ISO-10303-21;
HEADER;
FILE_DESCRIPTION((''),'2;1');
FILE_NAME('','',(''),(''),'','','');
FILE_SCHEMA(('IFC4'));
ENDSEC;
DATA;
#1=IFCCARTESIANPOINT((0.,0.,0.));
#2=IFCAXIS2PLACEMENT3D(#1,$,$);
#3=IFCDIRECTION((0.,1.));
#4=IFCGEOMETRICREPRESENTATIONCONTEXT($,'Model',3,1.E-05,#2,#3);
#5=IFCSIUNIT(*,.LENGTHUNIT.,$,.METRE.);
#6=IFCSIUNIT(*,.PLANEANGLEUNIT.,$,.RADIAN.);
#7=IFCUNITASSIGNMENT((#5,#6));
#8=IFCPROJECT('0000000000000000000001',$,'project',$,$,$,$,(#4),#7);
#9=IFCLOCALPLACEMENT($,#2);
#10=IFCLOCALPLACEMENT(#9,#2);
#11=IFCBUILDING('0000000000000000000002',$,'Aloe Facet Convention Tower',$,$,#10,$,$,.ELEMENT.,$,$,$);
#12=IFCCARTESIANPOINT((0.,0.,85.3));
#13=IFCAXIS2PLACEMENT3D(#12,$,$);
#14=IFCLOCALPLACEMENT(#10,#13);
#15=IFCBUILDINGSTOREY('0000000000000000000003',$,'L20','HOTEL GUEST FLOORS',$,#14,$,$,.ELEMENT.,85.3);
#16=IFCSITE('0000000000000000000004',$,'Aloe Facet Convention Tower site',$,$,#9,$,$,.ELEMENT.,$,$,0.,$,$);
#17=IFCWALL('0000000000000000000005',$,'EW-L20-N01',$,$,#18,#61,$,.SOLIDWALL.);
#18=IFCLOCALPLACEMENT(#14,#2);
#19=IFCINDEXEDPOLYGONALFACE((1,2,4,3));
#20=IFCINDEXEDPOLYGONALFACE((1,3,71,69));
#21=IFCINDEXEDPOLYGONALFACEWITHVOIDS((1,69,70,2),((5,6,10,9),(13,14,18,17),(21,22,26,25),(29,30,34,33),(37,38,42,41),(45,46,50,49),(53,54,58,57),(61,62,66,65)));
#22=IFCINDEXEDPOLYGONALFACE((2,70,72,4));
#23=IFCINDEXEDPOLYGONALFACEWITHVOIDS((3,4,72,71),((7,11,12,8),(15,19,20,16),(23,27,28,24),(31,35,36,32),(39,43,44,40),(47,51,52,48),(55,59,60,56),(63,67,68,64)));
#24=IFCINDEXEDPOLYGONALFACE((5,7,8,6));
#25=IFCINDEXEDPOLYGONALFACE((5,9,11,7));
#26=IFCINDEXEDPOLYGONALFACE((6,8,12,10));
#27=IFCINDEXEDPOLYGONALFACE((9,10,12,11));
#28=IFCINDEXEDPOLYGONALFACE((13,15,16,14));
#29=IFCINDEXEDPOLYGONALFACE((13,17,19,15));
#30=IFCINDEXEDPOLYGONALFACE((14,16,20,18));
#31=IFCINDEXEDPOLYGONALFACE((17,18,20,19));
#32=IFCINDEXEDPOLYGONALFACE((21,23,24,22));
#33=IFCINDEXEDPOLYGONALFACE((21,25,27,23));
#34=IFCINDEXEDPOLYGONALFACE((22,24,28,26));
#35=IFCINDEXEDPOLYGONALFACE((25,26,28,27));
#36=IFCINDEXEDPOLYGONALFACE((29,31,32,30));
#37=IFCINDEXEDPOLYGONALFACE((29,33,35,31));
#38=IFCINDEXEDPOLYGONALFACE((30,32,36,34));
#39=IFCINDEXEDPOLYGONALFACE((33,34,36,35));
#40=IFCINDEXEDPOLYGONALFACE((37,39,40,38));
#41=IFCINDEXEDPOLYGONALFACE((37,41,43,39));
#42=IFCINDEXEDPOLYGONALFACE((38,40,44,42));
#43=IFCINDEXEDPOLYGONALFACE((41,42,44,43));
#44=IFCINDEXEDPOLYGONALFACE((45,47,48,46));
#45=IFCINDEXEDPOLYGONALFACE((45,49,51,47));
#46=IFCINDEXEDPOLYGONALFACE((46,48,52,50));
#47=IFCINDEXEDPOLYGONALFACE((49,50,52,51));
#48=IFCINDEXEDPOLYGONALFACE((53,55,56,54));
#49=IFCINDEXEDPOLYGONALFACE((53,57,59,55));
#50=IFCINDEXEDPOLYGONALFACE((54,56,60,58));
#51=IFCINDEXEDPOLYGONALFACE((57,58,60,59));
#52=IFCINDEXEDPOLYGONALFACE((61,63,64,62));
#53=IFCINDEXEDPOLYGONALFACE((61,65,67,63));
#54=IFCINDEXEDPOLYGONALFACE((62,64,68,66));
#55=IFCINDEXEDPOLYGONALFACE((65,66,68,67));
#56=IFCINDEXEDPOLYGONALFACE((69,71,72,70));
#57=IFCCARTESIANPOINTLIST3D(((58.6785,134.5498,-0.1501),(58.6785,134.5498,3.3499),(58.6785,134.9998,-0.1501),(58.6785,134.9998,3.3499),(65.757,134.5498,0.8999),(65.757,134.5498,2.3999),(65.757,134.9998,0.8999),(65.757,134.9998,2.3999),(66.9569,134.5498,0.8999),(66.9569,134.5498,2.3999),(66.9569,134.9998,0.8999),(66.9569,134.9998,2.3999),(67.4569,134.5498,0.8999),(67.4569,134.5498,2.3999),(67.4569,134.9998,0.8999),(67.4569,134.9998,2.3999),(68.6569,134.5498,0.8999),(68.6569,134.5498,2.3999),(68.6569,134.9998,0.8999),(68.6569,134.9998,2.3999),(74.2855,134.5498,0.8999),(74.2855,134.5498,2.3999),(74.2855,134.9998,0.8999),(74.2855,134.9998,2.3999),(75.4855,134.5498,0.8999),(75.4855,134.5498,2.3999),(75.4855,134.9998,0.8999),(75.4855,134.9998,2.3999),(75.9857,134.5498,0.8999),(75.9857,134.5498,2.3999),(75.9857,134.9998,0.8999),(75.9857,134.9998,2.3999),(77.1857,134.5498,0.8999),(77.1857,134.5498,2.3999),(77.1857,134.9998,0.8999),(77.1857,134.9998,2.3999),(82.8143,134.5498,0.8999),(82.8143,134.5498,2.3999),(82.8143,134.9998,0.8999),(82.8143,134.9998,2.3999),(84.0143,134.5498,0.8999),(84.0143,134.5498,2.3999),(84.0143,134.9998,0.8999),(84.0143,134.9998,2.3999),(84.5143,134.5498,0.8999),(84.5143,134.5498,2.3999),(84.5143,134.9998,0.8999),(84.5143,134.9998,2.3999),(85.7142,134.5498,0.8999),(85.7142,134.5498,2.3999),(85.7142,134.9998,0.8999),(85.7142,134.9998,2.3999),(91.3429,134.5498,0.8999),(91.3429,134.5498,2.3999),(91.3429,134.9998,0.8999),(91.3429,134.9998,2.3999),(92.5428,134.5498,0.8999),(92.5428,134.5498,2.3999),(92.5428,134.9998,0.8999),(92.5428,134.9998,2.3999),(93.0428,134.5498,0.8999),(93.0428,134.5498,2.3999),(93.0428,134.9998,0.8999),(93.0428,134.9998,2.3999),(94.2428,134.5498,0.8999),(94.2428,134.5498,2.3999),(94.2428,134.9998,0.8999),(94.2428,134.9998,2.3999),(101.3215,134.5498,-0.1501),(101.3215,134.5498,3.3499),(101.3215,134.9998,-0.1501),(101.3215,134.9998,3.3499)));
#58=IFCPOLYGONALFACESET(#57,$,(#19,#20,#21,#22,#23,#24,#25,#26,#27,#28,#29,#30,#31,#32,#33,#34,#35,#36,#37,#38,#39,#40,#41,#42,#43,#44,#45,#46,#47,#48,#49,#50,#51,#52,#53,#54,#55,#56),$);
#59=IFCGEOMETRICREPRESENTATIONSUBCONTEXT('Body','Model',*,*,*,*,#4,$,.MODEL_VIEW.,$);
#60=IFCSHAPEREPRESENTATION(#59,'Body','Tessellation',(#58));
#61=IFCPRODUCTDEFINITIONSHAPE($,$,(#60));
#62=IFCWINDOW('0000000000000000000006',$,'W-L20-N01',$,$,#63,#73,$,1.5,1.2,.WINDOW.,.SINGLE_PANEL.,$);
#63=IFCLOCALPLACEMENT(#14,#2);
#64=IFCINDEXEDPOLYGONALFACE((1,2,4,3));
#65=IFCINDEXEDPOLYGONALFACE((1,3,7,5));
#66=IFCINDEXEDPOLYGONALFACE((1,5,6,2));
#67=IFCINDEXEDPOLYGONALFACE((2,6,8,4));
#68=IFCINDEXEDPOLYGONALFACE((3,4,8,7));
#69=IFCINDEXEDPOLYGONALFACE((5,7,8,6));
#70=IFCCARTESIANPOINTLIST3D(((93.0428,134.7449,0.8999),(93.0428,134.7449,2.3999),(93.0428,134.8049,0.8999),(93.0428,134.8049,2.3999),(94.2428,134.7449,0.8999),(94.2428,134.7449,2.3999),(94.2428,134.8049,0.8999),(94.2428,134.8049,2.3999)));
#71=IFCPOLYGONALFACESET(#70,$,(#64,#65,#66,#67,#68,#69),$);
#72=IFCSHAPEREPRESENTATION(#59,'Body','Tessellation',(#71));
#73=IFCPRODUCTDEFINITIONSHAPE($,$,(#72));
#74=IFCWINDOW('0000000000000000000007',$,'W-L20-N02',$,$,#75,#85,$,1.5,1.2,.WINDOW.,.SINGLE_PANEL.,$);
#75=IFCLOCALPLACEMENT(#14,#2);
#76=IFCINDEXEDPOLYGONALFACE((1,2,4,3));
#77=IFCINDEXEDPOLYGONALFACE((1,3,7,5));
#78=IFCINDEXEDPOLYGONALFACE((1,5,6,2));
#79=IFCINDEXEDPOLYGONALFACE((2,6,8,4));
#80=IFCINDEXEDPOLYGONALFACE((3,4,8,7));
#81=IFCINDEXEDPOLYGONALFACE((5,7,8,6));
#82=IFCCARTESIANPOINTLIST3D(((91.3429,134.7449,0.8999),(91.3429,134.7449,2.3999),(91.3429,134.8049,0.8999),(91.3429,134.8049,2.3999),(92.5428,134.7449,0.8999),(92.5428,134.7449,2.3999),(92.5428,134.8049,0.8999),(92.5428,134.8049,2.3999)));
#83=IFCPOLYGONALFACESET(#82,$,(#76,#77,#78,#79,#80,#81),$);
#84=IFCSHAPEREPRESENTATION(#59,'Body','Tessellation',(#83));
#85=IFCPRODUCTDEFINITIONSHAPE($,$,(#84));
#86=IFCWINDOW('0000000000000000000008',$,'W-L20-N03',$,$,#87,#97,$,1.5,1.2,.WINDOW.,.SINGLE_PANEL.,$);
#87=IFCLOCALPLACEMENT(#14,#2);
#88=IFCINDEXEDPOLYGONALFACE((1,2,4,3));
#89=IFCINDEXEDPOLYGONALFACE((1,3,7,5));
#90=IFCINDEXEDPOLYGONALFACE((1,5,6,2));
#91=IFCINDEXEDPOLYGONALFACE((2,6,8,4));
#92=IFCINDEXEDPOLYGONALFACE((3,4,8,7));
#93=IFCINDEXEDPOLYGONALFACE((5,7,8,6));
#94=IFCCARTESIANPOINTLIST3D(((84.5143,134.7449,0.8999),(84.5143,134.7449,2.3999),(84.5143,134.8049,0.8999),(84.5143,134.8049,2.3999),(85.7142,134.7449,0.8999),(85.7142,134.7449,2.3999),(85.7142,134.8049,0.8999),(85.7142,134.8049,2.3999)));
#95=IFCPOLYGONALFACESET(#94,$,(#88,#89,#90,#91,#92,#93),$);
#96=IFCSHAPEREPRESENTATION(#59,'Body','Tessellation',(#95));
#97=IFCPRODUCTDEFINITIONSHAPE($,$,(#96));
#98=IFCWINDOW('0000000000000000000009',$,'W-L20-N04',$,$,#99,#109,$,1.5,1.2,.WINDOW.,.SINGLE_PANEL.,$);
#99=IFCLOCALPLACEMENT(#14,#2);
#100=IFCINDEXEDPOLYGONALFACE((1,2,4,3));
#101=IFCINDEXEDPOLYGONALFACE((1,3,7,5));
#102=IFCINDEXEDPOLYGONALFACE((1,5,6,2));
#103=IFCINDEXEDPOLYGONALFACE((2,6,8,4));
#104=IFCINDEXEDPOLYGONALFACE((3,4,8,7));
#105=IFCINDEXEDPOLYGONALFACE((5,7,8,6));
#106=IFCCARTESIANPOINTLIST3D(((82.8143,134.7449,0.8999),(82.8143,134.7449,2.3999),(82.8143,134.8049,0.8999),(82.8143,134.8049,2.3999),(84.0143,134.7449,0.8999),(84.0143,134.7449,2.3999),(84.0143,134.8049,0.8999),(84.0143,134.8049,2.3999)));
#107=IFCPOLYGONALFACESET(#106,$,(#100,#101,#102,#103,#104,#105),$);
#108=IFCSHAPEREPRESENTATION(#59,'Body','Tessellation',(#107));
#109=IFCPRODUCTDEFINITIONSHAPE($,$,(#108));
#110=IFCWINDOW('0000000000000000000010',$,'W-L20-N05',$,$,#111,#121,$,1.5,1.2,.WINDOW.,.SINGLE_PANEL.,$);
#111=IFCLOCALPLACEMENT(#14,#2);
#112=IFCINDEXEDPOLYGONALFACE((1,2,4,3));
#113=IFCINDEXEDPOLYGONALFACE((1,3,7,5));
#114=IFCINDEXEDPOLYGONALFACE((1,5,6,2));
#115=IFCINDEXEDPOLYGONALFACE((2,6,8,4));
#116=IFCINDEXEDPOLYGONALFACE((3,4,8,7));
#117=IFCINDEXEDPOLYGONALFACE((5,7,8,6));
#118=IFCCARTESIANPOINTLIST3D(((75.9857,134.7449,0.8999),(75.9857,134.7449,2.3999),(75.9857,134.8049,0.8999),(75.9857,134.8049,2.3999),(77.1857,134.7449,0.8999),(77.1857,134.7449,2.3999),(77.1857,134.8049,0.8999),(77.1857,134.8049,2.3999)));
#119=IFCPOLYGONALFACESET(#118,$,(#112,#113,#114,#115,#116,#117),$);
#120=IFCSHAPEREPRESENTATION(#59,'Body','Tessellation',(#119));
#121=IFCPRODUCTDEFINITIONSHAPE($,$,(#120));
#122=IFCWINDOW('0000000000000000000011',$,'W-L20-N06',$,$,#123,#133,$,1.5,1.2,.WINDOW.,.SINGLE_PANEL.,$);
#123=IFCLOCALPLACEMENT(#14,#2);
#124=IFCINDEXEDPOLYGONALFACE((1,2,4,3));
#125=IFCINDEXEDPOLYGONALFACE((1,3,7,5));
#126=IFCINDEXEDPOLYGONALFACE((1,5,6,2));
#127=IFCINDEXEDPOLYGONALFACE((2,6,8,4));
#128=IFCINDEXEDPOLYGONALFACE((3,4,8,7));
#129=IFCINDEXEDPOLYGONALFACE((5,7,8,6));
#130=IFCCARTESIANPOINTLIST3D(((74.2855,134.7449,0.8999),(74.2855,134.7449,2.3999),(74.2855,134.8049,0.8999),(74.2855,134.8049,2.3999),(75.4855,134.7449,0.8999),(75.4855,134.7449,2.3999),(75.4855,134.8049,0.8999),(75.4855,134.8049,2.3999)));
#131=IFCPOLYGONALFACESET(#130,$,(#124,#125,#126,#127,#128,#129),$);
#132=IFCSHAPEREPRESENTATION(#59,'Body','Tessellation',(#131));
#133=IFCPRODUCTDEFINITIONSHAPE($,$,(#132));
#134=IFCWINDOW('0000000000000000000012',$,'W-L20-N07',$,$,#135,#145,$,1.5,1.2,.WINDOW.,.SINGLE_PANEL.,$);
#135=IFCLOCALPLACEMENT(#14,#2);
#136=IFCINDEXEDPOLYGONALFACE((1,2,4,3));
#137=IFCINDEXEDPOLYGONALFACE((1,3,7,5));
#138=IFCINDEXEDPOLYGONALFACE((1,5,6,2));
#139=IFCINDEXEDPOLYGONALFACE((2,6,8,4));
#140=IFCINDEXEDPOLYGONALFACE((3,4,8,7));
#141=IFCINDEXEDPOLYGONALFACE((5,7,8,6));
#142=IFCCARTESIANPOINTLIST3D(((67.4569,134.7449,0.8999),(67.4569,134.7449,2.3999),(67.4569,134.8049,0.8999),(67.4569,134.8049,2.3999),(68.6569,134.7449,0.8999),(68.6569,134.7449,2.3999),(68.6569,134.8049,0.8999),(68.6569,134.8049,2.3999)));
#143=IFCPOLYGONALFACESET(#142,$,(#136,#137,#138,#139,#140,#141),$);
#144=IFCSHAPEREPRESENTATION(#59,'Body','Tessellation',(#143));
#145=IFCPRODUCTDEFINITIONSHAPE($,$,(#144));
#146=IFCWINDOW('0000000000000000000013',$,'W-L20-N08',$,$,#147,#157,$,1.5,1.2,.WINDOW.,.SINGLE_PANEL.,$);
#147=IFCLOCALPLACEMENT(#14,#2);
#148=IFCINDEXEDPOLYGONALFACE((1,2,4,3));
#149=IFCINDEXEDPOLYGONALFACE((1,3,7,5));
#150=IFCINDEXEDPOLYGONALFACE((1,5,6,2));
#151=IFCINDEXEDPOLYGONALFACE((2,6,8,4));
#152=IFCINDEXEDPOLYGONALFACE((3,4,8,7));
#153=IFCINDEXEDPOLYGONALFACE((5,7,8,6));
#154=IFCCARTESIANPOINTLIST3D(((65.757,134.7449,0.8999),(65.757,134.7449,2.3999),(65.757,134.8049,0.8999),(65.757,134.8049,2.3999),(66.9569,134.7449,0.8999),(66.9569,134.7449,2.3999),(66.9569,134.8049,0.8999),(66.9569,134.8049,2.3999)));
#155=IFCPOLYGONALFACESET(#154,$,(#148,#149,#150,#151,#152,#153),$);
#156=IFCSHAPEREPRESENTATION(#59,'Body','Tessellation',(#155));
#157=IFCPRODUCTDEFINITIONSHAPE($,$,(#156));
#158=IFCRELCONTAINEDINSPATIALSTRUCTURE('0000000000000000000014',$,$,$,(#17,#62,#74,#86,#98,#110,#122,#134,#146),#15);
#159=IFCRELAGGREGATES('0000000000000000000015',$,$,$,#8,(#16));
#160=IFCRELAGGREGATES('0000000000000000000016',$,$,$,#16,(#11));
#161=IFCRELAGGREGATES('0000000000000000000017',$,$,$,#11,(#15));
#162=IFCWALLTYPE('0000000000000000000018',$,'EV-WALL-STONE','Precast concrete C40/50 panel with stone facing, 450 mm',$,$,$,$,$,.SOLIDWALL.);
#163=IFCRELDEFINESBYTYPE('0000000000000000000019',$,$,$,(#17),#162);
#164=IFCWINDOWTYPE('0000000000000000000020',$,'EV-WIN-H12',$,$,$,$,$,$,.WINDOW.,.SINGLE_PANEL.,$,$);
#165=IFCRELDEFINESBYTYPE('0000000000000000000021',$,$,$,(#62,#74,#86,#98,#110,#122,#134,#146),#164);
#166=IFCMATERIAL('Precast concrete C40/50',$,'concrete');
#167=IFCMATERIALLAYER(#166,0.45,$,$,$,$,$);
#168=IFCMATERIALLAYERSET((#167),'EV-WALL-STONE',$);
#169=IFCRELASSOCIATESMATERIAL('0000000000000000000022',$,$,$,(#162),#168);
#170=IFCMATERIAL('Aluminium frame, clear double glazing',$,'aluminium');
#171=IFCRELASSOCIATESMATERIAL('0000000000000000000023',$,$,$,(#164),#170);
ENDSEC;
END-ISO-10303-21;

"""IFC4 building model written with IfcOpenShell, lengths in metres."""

from ifc_helpers import new_model, si_unit, direction, frame, frame_2d, origin, place, context, subcontext, project, spatial, polyline, rectangle, outline, extrude, material, layer, layer_set, type_object, element, fill, save


model = new_model("IFC4")

# Units and contexts
model_context = context("Model", 3, precision=1e-05, world=origin(), true_north=direction((0.0, 1.0)))
body_context = subcontext(model_context, "Body", "Model", "MODEL_VIEW")
ifc_project = project(units=[si_unit("LENGTHUNIT", "METRE"), si_unit("PLANEANGLEUNIT", "RADIAN")], contexts=[model_context])

# Site, building, storey
site_placement = place(None, origin())
site = spatial("IfcSite", under=ifc_project, at=site_placement, Name="Aloe Facet Convention Tower site", CompositionType="ELEMENT", RefElevation=0.0)
building_placement = place(site_placement, origin())
building = spatial("IfcBuilding", under=site, at=building_placement, Name="Aloe Facet Convention Tower", CompositionType="ELEMENT")
storey_placement = place(building_placement, frame((0.0, 0.0, 85.3)))
storey = spatial("IfcBuildingStorey", under=building, at=storey_placement, Name="L20", Description="HOTEL GUEST FLOORS", CompositionType="ELEMENT", Elevation=85.3)

# Wall, openings, windows
ifc_material_1 = material(Name="Precast concrete C40/50", Category="concrete")
ifc_layer_1 = layer(ifc_material_1, 0.45)
ifc_layer_set_1 = layer_set([ifc_layer_1], Name="EV-WALL-STONE")
wall_type_1 = type_object("IfcWallType", Name="EV-WALL-STONE", Description="Precast concrete C40/50 panel with stone facing, 450 mm", PredefinedType="SOLIDWALL", material=ifc_layer_set_1)
wall_1_placement = place(storey_placement, frame((101.3215, 134.7749, -0.1501), z_axis=(0.0, 0.0, 1.0), x_axis=(-1.0, 0.0, 0.0)))
wall_1 = element("IfcWall", 1, at=wall_1_placement, inside=storey, type_object=wall_type_1, Name="EW-L20-N01", PredefinedType="SOLIDWALL", context=body_context, shape_type="SweptSolid", body=[
    extrude(outline(polyline([(42.6431, 0.0), (42.6431, 3.5), (0.0, 3.5), (0.0, 0.0), (42.6431, 0.0)])), frame((0.0, 0.2251, 0.0), z_axis=(0.0, -1.0, 0.0), x_axis=(1.0, 0.0, 0.0)), (0.0, 0.0, 1.0), 0.45),
])
opening_1_placement = place(wall_1_placement, frame((7.0786, 0.0, 1.05)))
opening_1 = element("IfcOpeningElement", 2, at=opening_1_placement, cuts=wall_1, PredefinedType="OPENING", context=body_context, shape_type="SweptSolid", body=[
    extrude(rectangle(XDim=1.2, YDim=1.5, at=frame_2d((0.6001, 0.75))), frame((0.0, 0.2349, 0.0), z_axis=(0.0, -1.0, 0.0), x_axis=(1.0, 0.0, 0.0)), (0.0, 0.0, 1.0), 0.47),
])
opening_2_placement = place(wall_1_placement, frame((8.7786, 0.0, 1.05)))
opening_2 = element("IfcOpeningElement", 3, at=opening_2_placement, cuts=wall_1, PredefinedType="OPENING", context=body_context, shape_type="SweptSolid", body=[
    extrude(rectangle(XDim=1.2, YDim=1.5, at=frame_2d((0.6001, 0.75))), frame((0.0, 0.2349, 0.0), z_axis=(0.0, -1.0, 0.0), x_axis=(1.0, 0.0, 0.0)), (0.0, 0.0, 1.0), 0.47),
])
opening_3_placement = place(wall_1_placement, frame((15.6072, 0.0, 1.05)))
opening_3 = element("IfcOpeningElement", 4, at=opening_3_placement, cuts=wall_1, PredefinedType="OPENING", context=body_context, shape_type="SweptSolid", body=[
    extrude(rectangle(XDim=1.2, YDim=1.5, at=frame_2d((0.6001, 0.75))), frame((0.0, 0.2349, 0.0), z_axis=(0.0, -1.0, 0.0), x_axis=(1.0, 0.0, 0.0)), (0.0, 0.0, 1.0), 0.47),
])
opening_4_placement = place(wall_1_placement, frame((17.3071, 0.0, 1.05)))
opening_4 = element("IfcOpeningElement", 5, at=opening_4_placement, cuts=wall_1, PredefinedType="OPENING", context=body_context, shape_type="SweptSolid", body=[
    extrude(rectangle(XDim=1.2, YDim=1.5, at=frame_2d((0.6001, 0.75))), frame((0.0, 0.2349, 0.0), z_axis=(0.0, -1.0, 0.0), x_axis=(1.0, 0.0, 0.0)), (0.0, 0.0, 1.0), 0.47),
])
opening_5_placement = place(wall_1_placement, frame((24.1357, 0.0, 1.05)))
opening_5 = element("IfcOpeningElement", 6, at=opening_5_placement, cuts=wall_1, PredefinedType="OPENING", context=body_context, shape_type="SweptSolid", body=[
    extrude(rectangle(XDim=1.2, YDim=1.5, at=frame_2d((0.6001, 0.75))), frame((0.0, 0.2349, 0.0), z_axis=(0.0, -1.0, 0.0), x_axis=(1.0, 0.0, 0.0)), (0.0, 0.0, 1.0), 0.47),
])
opening_6_placement = place(wall_1_placement, frame((25.8359, 0.0, 1.05)))
opening_6 = element("IfcOpeningElement", 7, at=opening_6_placement, cuts=wall_1, PredefinedType="OPENING", context=body_context, shape_type="SweptSolid", body=[
    extrude(rectangle(XDim=1.2, YDim=1.5, at=frame_2d((0.6001, 0.75))), frame((0.0, 0.2349, 0.0), z_axis=(0.0, -1.0, 0.0), x_axis=(1.0, 0.0, 0.0)), (0.0, 0.0, 1.0), 0.47),
])
opening_7_placement = place(wall_1_placement, frame((32.6646, 0.0, 1.05)))
opening_7 = element("IfcOpeningElement", 8, at=opening_7_placement, cuts=wall_1, PredefinedType="OPENING", context=body_context, shape_type="SweptSolid", body=[
    extrude(rectangle(XDim=1.2, YDim=1.5, at=frame_2d((0.6001, 0.75))), frame((0.0, 0.2349, 0.0), z_axis=(0.0, -1.0, 0.0), x_axis=(1.0, 0.0, 0.0)), (0.0, 0.0, 1.0), 0.47),
])
opening_8_placement = place(wall_1_placement, frame((34.3645, 0.0, 1.05)))
opening_8 = element("IfcOpeningElement", 9, at=opening_8_placement, cuts=wall_1, PredefinedType="OPENING", context=body_context, shape_type="SweptSolid", body=[
    extrude(rectangle(XDim=1.2, YDim=1.5, at=frame_2d((0.6001, 0.75))), frame((0.0, 0.2349, 0.0), z_axis=(0.0, -1.0, 0.0), x_axis=(1.0, 0.0, 0.0)), (0.0, 0.0, 1.0), 0.47),
])
ifc_material_2 = material(Name="Aluminium frame, clear double glazing", Category="aluminium")
window_type = type_object("IfcWindowType", Name="EV-WIN-H12", PartitioningType="SINGLE_PANEL", PredefinedType="WINDOW", material=ifc_material_2)
window_1_placement = place(opening_1_placement, origin())
window_1 = element("IfcWindow", 10, at=window_1_placement, inside=storey, type_object=window_type, Name="W-L20-N01", OverallHeight=1.5, OverallWidth=1.2, PartitioningType="SINGLE_PANEL", PredefinedType="WINDOW", context=body_context, shape_type="SweptSolid", body=[
    extrude(rectangle(XDim=1.2, YDim=1.5, at=frame_2d((0.6001, 0.75))), frame((0.0, 0.03, 0.0), z_axis=(0.0, -1.0, 0.0), x_axis=(1.0, 0.0, 0.0)), (0.0, 0.0, 1.0), 0.0601),
])
fill(opening_1, window_1)
window_2_placement = place(opening_2_placement, origin())
window_2 = element("IfcWindow", 11, at=window_2_placement, inside=storey, type_object=window_type, Name="W-L20-N02", OverallHeight=1.5, OverallWidth=1.2, PartitioningType="SINGLE_PANEL", PredefinedType="WINDOW", context=body_context, shape_type="SweptSolid", body=[
    extrude(rectangle(XDim=1.2, YDim=1.5, at=frame_2d((0.6001, 0.75))), frame((0.0, 0.03, 0.0), z_axis=(0.0, -1.0, 0.0), x_axis=(1.0, 0.0, 0.0)), (0.0, 0.0, 1.0), 0.0601),
])
fill(opening_2, window_2)
window_3_placement = place(opening_3_placement, origin())
window_3 = element("IfcWindow", 12, at=window_3_placement, inside=storey, type_object=window_type, Name="W-L20-N03", OverallHeight=1.5, OverallWidth=1.2, PartitioningType="SINGLE_PANEL", PredefinedType="WINDOW", context=body_context, shape_type="SweptSolid", body=[
    extrude(rectangle(XDim=1.2, YDim=1.5, at=frame_2d((0.6001, 0.75))), frame((0.0, 0.03, 0.0), z_axis=(0.0, -1.0, 0.0), x_axis=(1.0, 0.0, 0.0)), (0.0, 0.0, 1.0), 0.0601),
])
fill(opening_3, window_3)
window_4_placement = place(opening_4_placement, origin())
window_4 = element("IfcWindow", 13, at=window_4_placement, inside=storey, type_object=window_type, Name="W-L20-N04", OverallHeight=1.5, OverallWidth=1.2, PartitioningType="SINGLE_PANEL", PredefinedType="WINDOW", context=body_context, shape_type="SweptSolid", body=[
    extrude(rectangle(XDim=1.2, YDim=1.5, at=frame_2d((0.6001, 0.75))), frame((0.0, 0.03, 0.0), z_axis=(0.0, -1.0, 0.0), x_axis=(1.0, 0.0, 0.0)), (0.0, 0.0, 1.0), 0.0601),
])
fill(opening_4, window_4)
window_5_placement = place(opening_5_placement, origin())
window_5 = element("IfcWindow", 14, at=window_5_placement, inside=storey, type_object=window_type, Name="W-L20-N05", OverallHeight=1.5, OverallWidth=1.2, PartitioningType="SINGLE_PANEL", PredefinedType="WINDOW", context=body_context, shape_type="SweptSolid", body=[
    extrude(rectangle(XDim=1.2, YDim=1.5, at=frame_2d((0.6001, 0.75))), frame((0.0, 0.03, 0.0), z_axis=(0.0, -1.0, 0.0), x_axis=(1.0, 0.0, 0.0)), (0.0, 0.0, 1.0), 0.0601),
])
fill(opening_5, window_5)
window_6_placement = place(opening_6_placement, origin())
window_6 = element("IfcWindow", 15, at=window_6_placement, inside=storey, type_object=window_type, Name="W-L20-N06", OverallHeight=1.5, OverallWidth=1.2, PartitioningType="SINGLE_PANEL", PredefinedType="WINDOW", context=body_context, shape_type="SweptSolid", body=[
    extrude(rectangle(XDim=1.2, YDim=1.5, at=frame_2d((0.6001, 0.75))), frame((0.0, 0.03, 0.0), z_axis=(0.0, -1.0, 0.0), x_axis=(1.0, 0.0, 0.0)), (0.0, 0.0, 1.0), 0.0601),
])
fill(opening_6, window_6)
window_7_placement = place(opening_7_placement, origin())
window_7 = element("IfcWindow", 16, at=window_7_placement, inside=storey, type_object=window_type, Name="W-L20-N07", OverallHeight=1.5, OverallWidth=1.2, PartitioningType="SINGLE_PANEL", PredefinedType="WINDOW", context=body_context, shape_type="SweptSolid", body=[
    extrude(rectangle(XDim=1.2, YDim=1.5, at=frame_2d((0.6001, 0.75))), frame((0.0, 0.03, 0.0), z_axis=(0.0, -1.0, 0.0), x_axis=(1.0, 0.0, 0.0)), (0.0, 0.0, 1.0), 0.0601),
])
fill(opening_7, window_7)
window_8_placement = place(opening_8_placement, origin())
window_8 = element("IfcWindow", 17, at=window_8_placement, inside=storey, type_object=window_type, Name="W-L20-N08", OverallHeight=1.5, OverallWidth=1.2, PartitioningType="SINGLE_PANEL", PredefinedType="WINDOW", context=body_context, shape_type="SweptSolid", body=[
    extrude(rectangle(XDim=1.2, YDim=1.5, at=frame_2d((0.6001, 0.75))), frame((0.0, 0.03, 0.0), z_axis=(0.0, -1.0, 0.0), x_axis=(1.0, 0.0, 0.0)), (0.0, 0.0, 1.0), 0.0601),
])
fill(opening_8, window_8)

save(model, "model.ifc")
